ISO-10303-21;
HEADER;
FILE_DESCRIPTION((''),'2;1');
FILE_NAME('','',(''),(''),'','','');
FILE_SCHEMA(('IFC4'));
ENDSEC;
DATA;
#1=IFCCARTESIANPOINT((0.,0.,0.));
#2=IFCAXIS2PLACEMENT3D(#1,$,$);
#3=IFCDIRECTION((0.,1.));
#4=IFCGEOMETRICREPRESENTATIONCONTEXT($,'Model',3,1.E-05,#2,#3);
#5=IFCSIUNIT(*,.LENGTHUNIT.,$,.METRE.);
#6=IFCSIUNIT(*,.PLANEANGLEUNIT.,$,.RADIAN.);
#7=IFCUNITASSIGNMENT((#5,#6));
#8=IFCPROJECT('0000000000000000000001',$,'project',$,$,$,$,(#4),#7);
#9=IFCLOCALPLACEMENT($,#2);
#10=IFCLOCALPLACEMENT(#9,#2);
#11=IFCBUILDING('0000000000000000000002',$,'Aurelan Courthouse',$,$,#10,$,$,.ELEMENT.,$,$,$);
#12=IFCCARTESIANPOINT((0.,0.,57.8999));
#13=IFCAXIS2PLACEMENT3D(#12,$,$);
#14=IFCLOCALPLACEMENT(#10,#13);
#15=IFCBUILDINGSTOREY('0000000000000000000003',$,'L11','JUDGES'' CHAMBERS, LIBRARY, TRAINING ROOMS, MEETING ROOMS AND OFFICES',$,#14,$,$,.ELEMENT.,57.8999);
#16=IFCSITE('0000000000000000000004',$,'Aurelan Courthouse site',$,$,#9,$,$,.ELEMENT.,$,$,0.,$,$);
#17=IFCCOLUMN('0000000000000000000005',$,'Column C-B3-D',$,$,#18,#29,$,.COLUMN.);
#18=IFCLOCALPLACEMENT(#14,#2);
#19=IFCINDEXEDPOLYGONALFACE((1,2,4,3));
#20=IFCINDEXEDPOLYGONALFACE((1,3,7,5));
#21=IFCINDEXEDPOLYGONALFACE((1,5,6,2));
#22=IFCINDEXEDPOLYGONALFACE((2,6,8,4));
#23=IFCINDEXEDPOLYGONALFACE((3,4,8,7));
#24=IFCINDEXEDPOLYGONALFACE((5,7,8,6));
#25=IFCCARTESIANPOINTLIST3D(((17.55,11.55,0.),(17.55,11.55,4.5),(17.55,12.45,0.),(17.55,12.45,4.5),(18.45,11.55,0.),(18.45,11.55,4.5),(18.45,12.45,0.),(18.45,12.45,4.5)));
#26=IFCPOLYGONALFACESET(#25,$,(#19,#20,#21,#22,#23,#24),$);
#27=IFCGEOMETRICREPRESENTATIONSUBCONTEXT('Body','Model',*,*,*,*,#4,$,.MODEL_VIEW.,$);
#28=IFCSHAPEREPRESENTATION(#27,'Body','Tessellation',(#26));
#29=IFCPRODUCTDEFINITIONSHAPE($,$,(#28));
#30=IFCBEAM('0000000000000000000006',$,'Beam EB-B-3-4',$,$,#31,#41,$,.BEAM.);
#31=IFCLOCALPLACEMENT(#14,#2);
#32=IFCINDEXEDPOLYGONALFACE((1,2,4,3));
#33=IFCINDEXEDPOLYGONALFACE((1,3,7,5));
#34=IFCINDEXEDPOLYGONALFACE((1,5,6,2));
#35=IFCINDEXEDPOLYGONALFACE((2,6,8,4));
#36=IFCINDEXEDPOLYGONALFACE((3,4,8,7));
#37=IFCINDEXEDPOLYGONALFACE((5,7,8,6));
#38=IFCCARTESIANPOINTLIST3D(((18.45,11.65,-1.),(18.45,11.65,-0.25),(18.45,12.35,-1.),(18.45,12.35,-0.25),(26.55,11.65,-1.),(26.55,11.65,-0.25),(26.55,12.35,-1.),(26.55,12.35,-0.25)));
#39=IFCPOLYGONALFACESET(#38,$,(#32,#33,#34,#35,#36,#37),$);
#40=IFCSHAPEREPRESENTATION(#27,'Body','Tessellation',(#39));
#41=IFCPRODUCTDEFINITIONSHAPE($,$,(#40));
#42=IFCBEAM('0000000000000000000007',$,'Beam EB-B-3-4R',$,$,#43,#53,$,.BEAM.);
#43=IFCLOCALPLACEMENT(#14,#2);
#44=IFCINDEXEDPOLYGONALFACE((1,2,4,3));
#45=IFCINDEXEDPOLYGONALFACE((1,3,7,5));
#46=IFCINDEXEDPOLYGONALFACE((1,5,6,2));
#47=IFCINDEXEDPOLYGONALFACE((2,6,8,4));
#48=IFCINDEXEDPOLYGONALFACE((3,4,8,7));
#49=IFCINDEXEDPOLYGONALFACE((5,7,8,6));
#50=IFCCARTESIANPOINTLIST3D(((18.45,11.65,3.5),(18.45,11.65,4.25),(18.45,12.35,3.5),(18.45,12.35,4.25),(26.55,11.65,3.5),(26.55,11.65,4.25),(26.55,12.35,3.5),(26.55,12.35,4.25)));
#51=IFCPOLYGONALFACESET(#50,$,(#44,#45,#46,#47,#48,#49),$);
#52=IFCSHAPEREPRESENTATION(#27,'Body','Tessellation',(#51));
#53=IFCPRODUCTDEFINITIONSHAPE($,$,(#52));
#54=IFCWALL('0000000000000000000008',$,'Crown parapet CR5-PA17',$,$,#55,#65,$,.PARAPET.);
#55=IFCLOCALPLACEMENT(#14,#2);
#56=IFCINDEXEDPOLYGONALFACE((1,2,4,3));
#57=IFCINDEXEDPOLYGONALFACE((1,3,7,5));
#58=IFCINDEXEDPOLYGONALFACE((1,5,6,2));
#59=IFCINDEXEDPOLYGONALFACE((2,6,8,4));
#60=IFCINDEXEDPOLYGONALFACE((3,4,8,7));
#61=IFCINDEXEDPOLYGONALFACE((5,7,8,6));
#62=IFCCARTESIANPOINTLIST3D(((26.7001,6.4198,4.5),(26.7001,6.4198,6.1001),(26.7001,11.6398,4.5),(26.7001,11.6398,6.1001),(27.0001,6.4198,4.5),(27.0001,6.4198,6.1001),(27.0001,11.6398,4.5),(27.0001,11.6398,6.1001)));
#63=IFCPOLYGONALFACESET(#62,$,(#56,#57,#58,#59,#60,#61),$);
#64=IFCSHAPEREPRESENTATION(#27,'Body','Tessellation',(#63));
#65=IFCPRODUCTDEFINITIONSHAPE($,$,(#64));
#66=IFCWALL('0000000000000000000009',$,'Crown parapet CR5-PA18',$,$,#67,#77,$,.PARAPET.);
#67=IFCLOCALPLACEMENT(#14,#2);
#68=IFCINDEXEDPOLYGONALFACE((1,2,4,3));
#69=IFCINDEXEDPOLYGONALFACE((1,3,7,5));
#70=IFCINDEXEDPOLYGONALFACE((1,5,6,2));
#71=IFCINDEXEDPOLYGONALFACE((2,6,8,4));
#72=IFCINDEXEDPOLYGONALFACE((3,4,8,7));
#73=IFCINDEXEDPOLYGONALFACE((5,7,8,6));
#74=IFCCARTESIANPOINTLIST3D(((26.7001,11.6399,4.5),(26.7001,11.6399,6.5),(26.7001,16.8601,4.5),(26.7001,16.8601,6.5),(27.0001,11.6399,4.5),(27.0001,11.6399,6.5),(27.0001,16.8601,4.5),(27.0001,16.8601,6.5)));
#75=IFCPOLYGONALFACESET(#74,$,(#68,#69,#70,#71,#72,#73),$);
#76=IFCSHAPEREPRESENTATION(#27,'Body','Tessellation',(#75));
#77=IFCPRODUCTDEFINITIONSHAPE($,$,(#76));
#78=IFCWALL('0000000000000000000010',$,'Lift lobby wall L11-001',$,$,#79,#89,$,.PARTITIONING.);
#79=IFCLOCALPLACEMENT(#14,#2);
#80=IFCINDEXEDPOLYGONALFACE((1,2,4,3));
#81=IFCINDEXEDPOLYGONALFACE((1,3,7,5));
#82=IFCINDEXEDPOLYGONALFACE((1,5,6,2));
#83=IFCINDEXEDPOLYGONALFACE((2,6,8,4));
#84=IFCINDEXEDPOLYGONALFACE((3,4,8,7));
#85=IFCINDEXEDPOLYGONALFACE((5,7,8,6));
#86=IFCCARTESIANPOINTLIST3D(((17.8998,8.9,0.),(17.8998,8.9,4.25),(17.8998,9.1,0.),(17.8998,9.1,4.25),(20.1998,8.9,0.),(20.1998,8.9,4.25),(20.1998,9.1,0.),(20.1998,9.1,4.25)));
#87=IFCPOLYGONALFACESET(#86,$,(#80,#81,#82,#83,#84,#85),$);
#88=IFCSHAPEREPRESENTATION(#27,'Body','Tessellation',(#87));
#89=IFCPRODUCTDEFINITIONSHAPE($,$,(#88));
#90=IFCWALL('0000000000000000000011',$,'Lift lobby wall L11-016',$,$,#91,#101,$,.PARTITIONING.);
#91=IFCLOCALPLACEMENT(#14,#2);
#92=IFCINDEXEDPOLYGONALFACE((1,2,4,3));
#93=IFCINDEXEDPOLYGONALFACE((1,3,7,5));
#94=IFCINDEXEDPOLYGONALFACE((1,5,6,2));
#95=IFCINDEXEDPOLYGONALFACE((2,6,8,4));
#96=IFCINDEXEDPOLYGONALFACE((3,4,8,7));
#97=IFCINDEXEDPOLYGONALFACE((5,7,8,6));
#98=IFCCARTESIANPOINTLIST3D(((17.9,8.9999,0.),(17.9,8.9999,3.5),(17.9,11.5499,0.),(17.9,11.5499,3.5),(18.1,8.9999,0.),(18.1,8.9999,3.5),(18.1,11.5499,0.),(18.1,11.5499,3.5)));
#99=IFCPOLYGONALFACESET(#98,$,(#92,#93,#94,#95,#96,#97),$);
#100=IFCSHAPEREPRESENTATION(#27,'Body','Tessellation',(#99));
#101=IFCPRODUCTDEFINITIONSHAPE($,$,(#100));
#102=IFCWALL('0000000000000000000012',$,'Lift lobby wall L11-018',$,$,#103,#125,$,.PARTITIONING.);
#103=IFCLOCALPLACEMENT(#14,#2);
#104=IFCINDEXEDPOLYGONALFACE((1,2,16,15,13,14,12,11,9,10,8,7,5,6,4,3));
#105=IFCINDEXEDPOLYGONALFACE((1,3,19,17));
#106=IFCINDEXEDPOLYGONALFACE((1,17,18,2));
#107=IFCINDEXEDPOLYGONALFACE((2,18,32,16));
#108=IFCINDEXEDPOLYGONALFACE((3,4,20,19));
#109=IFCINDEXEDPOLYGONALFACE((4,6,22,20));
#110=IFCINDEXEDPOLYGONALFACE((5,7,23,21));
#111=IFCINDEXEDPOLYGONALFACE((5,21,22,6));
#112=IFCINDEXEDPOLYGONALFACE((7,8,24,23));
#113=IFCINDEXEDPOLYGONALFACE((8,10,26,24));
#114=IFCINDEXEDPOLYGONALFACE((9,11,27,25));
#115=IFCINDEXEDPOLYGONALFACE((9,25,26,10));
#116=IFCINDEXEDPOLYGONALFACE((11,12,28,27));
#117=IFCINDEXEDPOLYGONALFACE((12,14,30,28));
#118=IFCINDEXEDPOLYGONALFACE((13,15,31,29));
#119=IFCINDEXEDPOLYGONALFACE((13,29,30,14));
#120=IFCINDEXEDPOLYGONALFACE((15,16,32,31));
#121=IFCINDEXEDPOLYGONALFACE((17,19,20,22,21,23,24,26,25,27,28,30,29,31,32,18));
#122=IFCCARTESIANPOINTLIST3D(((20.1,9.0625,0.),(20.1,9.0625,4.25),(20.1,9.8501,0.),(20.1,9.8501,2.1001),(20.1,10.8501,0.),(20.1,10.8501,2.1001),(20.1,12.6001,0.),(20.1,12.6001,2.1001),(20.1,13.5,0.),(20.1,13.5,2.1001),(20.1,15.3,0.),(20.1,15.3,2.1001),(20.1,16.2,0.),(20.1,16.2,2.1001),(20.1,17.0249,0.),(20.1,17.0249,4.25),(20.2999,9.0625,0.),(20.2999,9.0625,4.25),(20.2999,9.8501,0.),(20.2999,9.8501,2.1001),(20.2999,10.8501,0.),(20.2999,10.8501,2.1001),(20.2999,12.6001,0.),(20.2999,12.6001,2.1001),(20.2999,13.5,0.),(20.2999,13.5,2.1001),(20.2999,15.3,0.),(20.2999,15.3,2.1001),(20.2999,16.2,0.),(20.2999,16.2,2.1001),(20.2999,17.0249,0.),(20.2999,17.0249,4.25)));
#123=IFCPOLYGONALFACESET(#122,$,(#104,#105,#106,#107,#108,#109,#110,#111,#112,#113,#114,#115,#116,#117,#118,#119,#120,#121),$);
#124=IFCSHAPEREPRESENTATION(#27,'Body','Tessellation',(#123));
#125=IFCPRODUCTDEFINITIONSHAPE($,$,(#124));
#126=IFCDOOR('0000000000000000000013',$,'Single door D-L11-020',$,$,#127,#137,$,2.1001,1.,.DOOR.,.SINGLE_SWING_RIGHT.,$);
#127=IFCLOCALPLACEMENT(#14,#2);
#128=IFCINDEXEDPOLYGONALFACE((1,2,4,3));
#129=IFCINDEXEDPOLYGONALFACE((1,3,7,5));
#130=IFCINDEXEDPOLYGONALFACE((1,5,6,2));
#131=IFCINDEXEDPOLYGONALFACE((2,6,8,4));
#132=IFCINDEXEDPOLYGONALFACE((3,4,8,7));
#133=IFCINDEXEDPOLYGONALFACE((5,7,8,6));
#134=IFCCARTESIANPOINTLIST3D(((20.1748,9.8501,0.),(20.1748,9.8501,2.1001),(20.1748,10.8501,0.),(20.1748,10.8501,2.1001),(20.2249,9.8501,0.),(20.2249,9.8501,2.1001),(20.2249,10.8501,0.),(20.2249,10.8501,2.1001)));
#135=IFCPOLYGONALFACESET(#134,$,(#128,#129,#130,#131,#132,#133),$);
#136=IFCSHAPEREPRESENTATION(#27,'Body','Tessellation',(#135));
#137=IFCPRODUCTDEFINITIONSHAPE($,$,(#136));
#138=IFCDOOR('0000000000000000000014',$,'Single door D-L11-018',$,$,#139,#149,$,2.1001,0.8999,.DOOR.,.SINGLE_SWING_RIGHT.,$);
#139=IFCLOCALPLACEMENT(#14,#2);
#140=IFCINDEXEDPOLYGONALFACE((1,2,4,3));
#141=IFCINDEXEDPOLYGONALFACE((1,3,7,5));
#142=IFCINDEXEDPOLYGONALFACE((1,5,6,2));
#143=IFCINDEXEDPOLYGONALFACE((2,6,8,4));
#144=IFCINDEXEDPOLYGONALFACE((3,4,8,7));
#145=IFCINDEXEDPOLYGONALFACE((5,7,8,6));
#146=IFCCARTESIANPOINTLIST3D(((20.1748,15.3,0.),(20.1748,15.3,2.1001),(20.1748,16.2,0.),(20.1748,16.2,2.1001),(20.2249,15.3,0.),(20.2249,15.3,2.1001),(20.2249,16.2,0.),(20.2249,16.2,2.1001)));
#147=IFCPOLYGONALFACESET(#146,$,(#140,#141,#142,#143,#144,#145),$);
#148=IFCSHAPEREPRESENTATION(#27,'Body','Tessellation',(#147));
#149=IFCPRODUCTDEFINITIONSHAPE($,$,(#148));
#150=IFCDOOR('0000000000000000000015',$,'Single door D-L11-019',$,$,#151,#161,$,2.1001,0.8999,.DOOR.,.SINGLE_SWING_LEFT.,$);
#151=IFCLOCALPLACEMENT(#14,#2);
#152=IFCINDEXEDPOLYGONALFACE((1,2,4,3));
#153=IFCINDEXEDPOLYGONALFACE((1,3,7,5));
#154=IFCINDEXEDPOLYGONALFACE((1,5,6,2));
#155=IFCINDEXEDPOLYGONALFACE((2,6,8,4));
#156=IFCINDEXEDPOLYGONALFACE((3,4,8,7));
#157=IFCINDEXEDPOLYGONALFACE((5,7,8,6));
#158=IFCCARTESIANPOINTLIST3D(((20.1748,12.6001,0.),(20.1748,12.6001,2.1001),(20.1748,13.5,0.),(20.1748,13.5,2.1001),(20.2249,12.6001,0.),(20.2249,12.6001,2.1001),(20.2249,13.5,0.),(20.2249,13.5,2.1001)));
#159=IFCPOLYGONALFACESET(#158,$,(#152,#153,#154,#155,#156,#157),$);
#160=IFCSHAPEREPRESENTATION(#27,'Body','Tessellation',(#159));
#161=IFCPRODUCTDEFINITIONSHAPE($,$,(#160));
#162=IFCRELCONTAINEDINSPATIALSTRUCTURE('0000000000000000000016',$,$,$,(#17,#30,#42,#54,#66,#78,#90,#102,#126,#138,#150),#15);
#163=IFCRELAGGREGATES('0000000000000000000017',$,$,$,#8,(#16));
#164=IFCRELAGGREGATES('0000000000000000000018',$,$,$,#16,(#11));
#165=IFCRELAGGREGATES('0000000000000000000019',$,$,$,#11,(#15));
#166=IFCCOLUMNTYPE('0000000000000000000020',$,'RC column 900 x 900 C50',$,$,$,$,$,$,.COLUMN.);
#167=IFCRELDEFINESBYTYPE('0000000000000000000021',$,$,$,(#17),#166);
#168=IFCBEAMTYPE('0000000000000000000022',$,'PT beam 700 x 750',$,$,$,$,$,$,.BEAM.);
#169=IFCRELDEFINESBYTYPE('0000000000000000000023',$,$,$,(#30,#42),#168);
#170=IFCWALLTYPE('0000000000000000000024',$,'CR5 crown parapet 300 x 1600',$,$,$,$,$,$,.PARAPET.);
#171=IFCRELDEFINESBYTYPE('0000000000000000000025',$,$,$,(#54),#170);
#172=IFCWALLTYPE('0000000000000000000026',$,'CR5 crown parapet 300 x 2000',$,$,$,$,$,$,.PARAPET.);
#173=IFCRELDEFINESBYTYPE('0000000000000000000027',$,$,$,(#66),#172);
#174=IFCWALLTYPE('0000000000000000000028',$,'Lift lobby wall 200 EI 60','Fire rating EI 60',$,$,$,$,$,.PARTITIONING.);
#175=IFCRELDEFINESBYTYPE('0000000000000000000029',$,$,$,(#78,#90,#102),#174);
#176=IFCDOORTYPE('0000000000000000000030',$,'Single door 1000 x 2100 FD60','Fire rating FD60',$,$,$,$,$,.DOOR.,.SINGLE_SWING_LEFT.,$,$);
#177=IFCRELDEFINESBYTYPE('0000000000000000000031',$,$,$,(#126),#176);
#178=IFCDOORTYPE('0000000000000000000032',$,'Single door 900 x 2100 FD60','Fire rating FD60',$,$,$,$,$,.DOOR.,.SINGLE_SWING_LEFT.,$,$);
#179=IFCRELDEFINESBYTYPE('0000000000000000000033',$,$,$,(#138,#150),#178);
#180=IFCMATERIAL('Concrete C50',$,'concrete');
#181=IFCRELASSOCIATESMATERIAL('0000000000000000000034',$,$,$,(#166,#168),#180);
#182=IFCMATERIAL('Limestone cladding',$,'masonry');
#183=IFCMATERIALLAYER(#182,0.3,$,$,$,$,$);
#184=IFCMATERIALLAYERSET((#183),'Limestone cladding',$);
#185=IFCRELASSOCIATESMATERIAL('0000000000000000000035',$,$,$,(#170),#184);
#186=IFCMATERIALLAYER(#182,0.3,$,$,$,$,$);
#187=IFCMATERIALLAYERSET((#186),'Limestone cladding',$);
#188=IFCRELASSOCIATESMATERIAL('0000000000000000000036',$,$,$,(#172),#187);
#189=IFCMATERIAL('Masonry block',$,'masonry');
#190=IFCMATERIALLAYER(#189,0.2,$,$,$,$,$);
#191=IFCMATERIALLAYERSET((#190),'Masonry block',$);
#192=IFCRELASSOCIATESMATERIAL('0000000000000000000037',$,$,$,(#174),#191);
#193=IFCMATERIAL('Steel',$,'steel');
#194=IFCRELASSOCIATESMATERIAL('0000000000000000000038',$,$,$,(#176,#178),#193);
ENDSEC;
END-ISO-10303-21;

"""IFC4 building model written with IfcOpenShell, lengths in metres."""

from ifc_helpers import new_model, si_unit, direction, frame, frame_2d, origin, origin_2d, place, context, subcontext, project, spatial, rectangle, extrude, material, layer, layer_set, material_profile, profile_set, type_object, element, fill, save


model = new_model("IFC4")

# Units and contexts
model_context = context("Model", 3, precision=1e-05, world=origin(), true_north=direction((0.0, 1.0)))
body_context = subcontext(model_context, "Body", "Model", "MODEL_VIEW")
ifc_project = project(units=[si_unit("LENGTHUNIT", "METRE"), si_unit("PLANEANGLEUNIT", "RADIAN")], contexts=[model_context])

# Site, building, storey
site_placement = place(None, origin())
site = spatial("IfcSite", under=ifc_project, at=site_placement, Name="Aurelan Courthouse site", CompositionType="ELEMENT", RefElevation=0.0)
building_placement = place(site_placement, origin())
building = spatial("IfcBuilding", under=site, at=building_placement, Name="Aurelan Courthouse", CompositionType="ELEMENT")
storey_placement = place(building_placement, frame((0.0, 0.0, 57.8999)))
storey = spatial("IfcBuildingStorey", under=building, at=storey_placement, Name="L11", Description="JUDGES' CHAMBERS, LIBRARY, TRAINING ROOMS, MEETING ROOMS AND OFFICES", CompositionType="ELEMENT", Elevation=57.8999)

# Column
ifc_material_1 = material(Name="Concrete C50", Category="concrete")
ifc_material_profile_1 = material_profile(ifc_material_1, rectangle(XDim=0.8999, YDim=0.8999, at=origin_2d()), Name="RC 900 x 900")
ifc_profile_set_1 = profile_set([ifc_material_profile_1], Name="Concrete C50")
column_type = type_object("IfcColumnType", Name="RC column 900 x 900 C50", PredefinedType="COLUMN", material=ifc_profile_set_1)
column_placement = place(storey_placement, frame((18.0, 12.0, 0.0), z_axis=(0.0, 0.0, 1.0), x_axis=(1.0, 0.0, 0.0)))
element("IfcColumn", 1, at=column_placement, inside=storey, type_object=column_type, Name="Column C-B3-D", PredefinedType="COLUMN", context=body_context, shape_type="SweptSolid", body=[
    extrude(rectangle(XDim=0.8999, YDim=0.8999, at=origin_2d()), origin(), (0.0, 0.0, 1.0), 4.5),
])

# Beams
ifc_material_profile_2 = material_profile(ifc_material_1, rectangle(XDim=0.7, YDim=0.75, at=origin_2d()), Name="RC 700 x 750")
ifc_profile_set_2 = profile_set([ifc_material_profile_2], Name="Concrete C50")
beam_type = type_object("IfcBeamType", Name="PT beam 700 x 750", PredefinedType="BEAM", material=ifc_profile_set_2)
for number, where, z_axis, x_axis, name in (
    (2, (18.45, 12.0, -0.625), (1.0, 0.0, 0.0), (0.0, 1.0, 0.0), "Beam EB-B-3-4"),
    (3, (18.45, 12.0, 3.875), (1.0, 0.0, 0.0), (0.0, 1.0, 0.0), "Beam EB-B-3-4R"),
):
    element("IfcBeam", number, at=place(storey_placement, frame(where, z_axis=z_axis, x_axis=x_axis)), inside=storey, type_object=beam_type, Name=name, PredefinedType="BEAM", context=body_context, shape_type="SweptSolid", body=[
        extrude(rectangle(XDim=0.7, YDim=0.75, at=origin_2d()), origin(), (0.0, 0.0, 1.0), 8.1001),
    ])

# Walls
ifc_material_2 = material(Name="Limestone cladding", Category="masonry")
ifc_layer_1 = layer(ifc_material_2, 0.3)
ifc_layer_set_1 = layer_set([ifc_layer_1], Name="Limestone cladding")
wall_type_1 = type_object("IfcWallType", Name="CR5 crown parapet 300 x 1600", PredefinedType="PARAPET", material=ifc_layer_set_1)
wall_1_placement = place(storey_placement, frame((26.8501, 6.4199, 4.5), z_axis=(0.0, 0.0, 1.0), x_axis=(0.0, 1.0, 0.0)))
element("IfcWall", 4, at=wall_1_placement, inside=storey, type_object=wall_type_1, Name="Crown parapet CR5-PA17", PredefinedType="PARAPET", context=body_context, shape_type="SweptSolid", body=[
    extrude(rectangle(XDim=5.22, YDim=0.3, at=frame_2d((2.6099, 0.0))), origin(), (0.0, 0.0, 1.0), 1.6001),
])
ifc_layer_2 = layer(ifc_material_2, 0.3)
ifc_layer_set_2 = layer_set([ifc_layer_2], Name="Limestone cladding")
wall_type_2 = type_object("IfcWallType", Name="CR5 crown parapet 300 x 2000", PredefinedType="PARAPET", material=ifc_layer_set_2)
wall_2_placement = place(storey_placement, frame((26.8501, 11.6399, 4.5), z_axis=(0.0, 0.0, 1.0), x_axis=(0.0, 1.0, 0.0)))
element("IfcWall", 5, at=wall_2_placement, inside=storey, type_object=wall_type_2, Name="Crown parapet CR5-PA18", PredefinedType="PARAPET", context=body_context, shape_type="SweptSolid", body=[
    extrude(rectangle(XDim=5.2202, YDim=0.3, at=frame_2d((2.6101, 0.0))), origin(), (0.0, 0.0, 1.0), 2.0),
])
ifc_material_3 = material(Name="Masonry block", Category="masonry")
ifc_layer_3 = layer(ifc_material_3, 0.2)
ifc_layer_set_3 = layer_set([ifc_layer_3], Name="Masonry block")
wall_type_3 = type_object("IfcWallType", Name="Lift lobby wall 200 EI 60", Description="Fire rating EI 60", PredefinedType="PARTITIONING", material=ifc_layer_set_3)
wall_3_placement = place(storey_placement, frame((17.8999, 9.0, 0.0), z_axis=(0.0, 0.0, 1.0), x_axis=(1.0, 0.0, 0.0)))
element("IfcWall", 6, at=wall_3_placement, inside=storey, type_object=wall_type_3, Name="Lift lobby wall L11-001", PredefinedType="PARTITIONING", context=body_context, shape_type="SweptSolid", body=[
    extrude(rectangle(XDim=2.3, YDim=0.2, at=frame_2d((1.1499, 0.0))), origin(), (0.0, 0.0, 1.0), 4.25),
])
wall_4_placement = place(storey_placement, frame((18.0, 9.0, 0.0), z_axis=(0.0, 0.0, 1.0), x_axis=(0.0, 1.0, 0.0)))
element("IfcWall", 7, at=wall_4_placement, inside=storey, type_object=wall_type_3, Name="Lift lobby wall L11-016", PredefinedType="PARTITIONING", context=body_context, shape_type="SweptSolid", body=[
    extrude(rectangle(XDim=2.55, YDim=0.2, at=frame_2d((1.2749, 0.0))), origin(), (0.0, 0.0, 1.0), 3.5),
])

# Wall, openings, doors
wall_5_placement = place(storey_placement, frame((20.2, 9.0625, 0.0), z_axis=(0.0, 0.0, 1.0), x_axis=(0.0, 1.0, 0.0)))
wall_5 = element("IfcWall", 8, at=wall_5_placement, inside=storey, type_object=wall_type_3, Name="Lift lobby wall L11-018", PredefinedType="PARTITIONING", context=body_context, shape_type="SweptSolid", body=[
    extrude(rectangle(XDim=7.9624, YDim=0.2, at=frame_2d((3.9812, 0.0))), origin(), (0.0, 0.0, 1.0), 4.25),
])
opening_1_placement = place(wall_5_placement, frame((7.1375, 0.0, 0.0), z_axis=(0.0, 0.0, 1.0), x_axis=(-1.0, 0.0, 0.0)))
opening_1 = element("IfcOpeningElement", 9, at=opening_1_placement, cuts=wall_5, PredefinedType="OPENING", context=body_context, shape_type="SweptSolid", body=[
    extrude(rectangle(XDim=0.8999, YDim=2.1001, at=frame_2d((0.45, 1.05))), frame((0.0, 0.1099, 0.0), z_axis=(0.0, -1.0, 0.0), x_axis=(1.0, 0.0, 0.0)), (0.0, 0.0, 1.0), 0.22),
])
opening_2_placement = place(wall_5_placement, frame((4.4375, 0.0, 0.0), z_axis=(0.0, 0.0, 1.0), x_axis=(-1.0, 0.0, 0.0)))
opening_2 = element("IfcOpeningElement", 10, at=opening_2_placement, cuts=wall_5, PredefinedType="OPENING", context=body_context, shape_type="SweptSolid", body=[
    extrude(rectangle(XDim=0.8999, YDim=2.1001, at=frame_2d((0.45, 1.05))), frame((0.0, 0.1099, 0.0), z_axis=(0.0, -1.0, 0.0), x_axis=(1.0, 0.0, 0.0)), (0.0, 0.0, 1.0), 0.22),
])
opening_3_placement = place(wall_5_placement, frame((1.7876, 0.0, 0.0), z_axis=(0.0, 0.0, 1.0), x_axis=(-1.0, 0.0, 0.0)))
opening_3 = element("IfcOpeningElement", 11, at=opening_3_placement, cuts=wall_5, PredefinedType="OPENING", context=body_context, shape_type="SweptSolid", body=[
    extrude(rectangle(XDim=1.0, YDim=2.1001, at=frame_2d((0.5, 1.05))), frame((0.0, 0.1099, 0.0), z_axis=(0.0, -1.0, 0.0), x_axis=(1.0, 0.0, 0.0)), (0.0, 0.0, 1.0), 0.22),
])
ifc_material_4 = material(Name="Steel", Category="steel")
door_type_1 = type_object("IfcDoorType", Name="Single door 1000 x 2100 FD60", Description="Fire rating FD60", OperationType="SINGLE_SWING_LEFT", PredefinedType="DOOR", material=ifc_material_4)
door_1_placement = place(opening_3_placement, origin())
door_1 = element("IfcDoor", 12, at=door_1_placement, inside=storey, type_object=door_type_1, Name="Single door D-L11-020", OperationType="SINGLE_SWING_RIGHT", OverallHeight=2.1001, OverallWidth=1.0, PredefinedType="DOOR", context=body_context, shape_type="SweptSolid", body=[
    extrude(rectangle(XDim=1.0, YDim=2.1001, at=frame_2d((0.5, 1.05))), frame((0.0, 0.0249, 0.0), z_axis=(0.0, -1.0, 0.0), x_axis=(1.0, 0.0, 0.0)), (0.0, 0.0, 1.0), 0.05),
])
fill(opening_3, door_1)
door_type_2 = type_object("IfcDoorType", Name="Single door 900 x 2100 FD60", Description="Fire rating FD60", OperationType="SINGLE_SWING_LEFT", PredefinedType="DOOR", material=ifc_material_4)
door_2_placement = place(opening_1_placement, origin())
door_2 = element("IfcDoor", 13, at=door_2_placement, inside=storey, type_object=door_type_2, Name="Single door D-L11-018", OperationType="SINGLE_SWING_RIGHT", OverallHeight=2.1001, OverallWidth=0.8999, PredefinedType="DOOR", context=body_context, shape_type="SweptSolid", body=[
    extrude(rectangle(XDim=0.8999, YDim=2.1001, at=frame_2d((0.45, 1.05))), frame((0.0, 0.0249, 0.0), z_axis=(0.0, -1.0, 0.0), x_axis=(1.0, 0.0, 0.0)), (0.0, 0.0, 1.0), 0.05),
])
fill(opening_1, door_2)
door_3_placement = place(opening_2_placement, origin())
door_3 = element("IfcDoor", 14, at=door_3_placement, inside=storey, type_object=door_type_2, Name="Single door D-L11-019", OperationType="SINGLE_SWING_LEFT", OverallHeight=2.1001, OverallWidth=0.8999, PredefinedType="DOOR", context=body_context, shape_type="SweptSolid", body=[
    extrude(rectangle(XDim=0.8999, YDim=2.1001, at=frame_2d((0.45, 1.05))), frame((0.0, 0.0249, 0.0), z_axis=(0.0, -1.0, 0.0), x_axis=(1.0, 0.0, 0.0)), (0.0, 0.0, 1.0), 0.05),
])
fill(opening_2, door_3)

save(model, "model.ifc")
